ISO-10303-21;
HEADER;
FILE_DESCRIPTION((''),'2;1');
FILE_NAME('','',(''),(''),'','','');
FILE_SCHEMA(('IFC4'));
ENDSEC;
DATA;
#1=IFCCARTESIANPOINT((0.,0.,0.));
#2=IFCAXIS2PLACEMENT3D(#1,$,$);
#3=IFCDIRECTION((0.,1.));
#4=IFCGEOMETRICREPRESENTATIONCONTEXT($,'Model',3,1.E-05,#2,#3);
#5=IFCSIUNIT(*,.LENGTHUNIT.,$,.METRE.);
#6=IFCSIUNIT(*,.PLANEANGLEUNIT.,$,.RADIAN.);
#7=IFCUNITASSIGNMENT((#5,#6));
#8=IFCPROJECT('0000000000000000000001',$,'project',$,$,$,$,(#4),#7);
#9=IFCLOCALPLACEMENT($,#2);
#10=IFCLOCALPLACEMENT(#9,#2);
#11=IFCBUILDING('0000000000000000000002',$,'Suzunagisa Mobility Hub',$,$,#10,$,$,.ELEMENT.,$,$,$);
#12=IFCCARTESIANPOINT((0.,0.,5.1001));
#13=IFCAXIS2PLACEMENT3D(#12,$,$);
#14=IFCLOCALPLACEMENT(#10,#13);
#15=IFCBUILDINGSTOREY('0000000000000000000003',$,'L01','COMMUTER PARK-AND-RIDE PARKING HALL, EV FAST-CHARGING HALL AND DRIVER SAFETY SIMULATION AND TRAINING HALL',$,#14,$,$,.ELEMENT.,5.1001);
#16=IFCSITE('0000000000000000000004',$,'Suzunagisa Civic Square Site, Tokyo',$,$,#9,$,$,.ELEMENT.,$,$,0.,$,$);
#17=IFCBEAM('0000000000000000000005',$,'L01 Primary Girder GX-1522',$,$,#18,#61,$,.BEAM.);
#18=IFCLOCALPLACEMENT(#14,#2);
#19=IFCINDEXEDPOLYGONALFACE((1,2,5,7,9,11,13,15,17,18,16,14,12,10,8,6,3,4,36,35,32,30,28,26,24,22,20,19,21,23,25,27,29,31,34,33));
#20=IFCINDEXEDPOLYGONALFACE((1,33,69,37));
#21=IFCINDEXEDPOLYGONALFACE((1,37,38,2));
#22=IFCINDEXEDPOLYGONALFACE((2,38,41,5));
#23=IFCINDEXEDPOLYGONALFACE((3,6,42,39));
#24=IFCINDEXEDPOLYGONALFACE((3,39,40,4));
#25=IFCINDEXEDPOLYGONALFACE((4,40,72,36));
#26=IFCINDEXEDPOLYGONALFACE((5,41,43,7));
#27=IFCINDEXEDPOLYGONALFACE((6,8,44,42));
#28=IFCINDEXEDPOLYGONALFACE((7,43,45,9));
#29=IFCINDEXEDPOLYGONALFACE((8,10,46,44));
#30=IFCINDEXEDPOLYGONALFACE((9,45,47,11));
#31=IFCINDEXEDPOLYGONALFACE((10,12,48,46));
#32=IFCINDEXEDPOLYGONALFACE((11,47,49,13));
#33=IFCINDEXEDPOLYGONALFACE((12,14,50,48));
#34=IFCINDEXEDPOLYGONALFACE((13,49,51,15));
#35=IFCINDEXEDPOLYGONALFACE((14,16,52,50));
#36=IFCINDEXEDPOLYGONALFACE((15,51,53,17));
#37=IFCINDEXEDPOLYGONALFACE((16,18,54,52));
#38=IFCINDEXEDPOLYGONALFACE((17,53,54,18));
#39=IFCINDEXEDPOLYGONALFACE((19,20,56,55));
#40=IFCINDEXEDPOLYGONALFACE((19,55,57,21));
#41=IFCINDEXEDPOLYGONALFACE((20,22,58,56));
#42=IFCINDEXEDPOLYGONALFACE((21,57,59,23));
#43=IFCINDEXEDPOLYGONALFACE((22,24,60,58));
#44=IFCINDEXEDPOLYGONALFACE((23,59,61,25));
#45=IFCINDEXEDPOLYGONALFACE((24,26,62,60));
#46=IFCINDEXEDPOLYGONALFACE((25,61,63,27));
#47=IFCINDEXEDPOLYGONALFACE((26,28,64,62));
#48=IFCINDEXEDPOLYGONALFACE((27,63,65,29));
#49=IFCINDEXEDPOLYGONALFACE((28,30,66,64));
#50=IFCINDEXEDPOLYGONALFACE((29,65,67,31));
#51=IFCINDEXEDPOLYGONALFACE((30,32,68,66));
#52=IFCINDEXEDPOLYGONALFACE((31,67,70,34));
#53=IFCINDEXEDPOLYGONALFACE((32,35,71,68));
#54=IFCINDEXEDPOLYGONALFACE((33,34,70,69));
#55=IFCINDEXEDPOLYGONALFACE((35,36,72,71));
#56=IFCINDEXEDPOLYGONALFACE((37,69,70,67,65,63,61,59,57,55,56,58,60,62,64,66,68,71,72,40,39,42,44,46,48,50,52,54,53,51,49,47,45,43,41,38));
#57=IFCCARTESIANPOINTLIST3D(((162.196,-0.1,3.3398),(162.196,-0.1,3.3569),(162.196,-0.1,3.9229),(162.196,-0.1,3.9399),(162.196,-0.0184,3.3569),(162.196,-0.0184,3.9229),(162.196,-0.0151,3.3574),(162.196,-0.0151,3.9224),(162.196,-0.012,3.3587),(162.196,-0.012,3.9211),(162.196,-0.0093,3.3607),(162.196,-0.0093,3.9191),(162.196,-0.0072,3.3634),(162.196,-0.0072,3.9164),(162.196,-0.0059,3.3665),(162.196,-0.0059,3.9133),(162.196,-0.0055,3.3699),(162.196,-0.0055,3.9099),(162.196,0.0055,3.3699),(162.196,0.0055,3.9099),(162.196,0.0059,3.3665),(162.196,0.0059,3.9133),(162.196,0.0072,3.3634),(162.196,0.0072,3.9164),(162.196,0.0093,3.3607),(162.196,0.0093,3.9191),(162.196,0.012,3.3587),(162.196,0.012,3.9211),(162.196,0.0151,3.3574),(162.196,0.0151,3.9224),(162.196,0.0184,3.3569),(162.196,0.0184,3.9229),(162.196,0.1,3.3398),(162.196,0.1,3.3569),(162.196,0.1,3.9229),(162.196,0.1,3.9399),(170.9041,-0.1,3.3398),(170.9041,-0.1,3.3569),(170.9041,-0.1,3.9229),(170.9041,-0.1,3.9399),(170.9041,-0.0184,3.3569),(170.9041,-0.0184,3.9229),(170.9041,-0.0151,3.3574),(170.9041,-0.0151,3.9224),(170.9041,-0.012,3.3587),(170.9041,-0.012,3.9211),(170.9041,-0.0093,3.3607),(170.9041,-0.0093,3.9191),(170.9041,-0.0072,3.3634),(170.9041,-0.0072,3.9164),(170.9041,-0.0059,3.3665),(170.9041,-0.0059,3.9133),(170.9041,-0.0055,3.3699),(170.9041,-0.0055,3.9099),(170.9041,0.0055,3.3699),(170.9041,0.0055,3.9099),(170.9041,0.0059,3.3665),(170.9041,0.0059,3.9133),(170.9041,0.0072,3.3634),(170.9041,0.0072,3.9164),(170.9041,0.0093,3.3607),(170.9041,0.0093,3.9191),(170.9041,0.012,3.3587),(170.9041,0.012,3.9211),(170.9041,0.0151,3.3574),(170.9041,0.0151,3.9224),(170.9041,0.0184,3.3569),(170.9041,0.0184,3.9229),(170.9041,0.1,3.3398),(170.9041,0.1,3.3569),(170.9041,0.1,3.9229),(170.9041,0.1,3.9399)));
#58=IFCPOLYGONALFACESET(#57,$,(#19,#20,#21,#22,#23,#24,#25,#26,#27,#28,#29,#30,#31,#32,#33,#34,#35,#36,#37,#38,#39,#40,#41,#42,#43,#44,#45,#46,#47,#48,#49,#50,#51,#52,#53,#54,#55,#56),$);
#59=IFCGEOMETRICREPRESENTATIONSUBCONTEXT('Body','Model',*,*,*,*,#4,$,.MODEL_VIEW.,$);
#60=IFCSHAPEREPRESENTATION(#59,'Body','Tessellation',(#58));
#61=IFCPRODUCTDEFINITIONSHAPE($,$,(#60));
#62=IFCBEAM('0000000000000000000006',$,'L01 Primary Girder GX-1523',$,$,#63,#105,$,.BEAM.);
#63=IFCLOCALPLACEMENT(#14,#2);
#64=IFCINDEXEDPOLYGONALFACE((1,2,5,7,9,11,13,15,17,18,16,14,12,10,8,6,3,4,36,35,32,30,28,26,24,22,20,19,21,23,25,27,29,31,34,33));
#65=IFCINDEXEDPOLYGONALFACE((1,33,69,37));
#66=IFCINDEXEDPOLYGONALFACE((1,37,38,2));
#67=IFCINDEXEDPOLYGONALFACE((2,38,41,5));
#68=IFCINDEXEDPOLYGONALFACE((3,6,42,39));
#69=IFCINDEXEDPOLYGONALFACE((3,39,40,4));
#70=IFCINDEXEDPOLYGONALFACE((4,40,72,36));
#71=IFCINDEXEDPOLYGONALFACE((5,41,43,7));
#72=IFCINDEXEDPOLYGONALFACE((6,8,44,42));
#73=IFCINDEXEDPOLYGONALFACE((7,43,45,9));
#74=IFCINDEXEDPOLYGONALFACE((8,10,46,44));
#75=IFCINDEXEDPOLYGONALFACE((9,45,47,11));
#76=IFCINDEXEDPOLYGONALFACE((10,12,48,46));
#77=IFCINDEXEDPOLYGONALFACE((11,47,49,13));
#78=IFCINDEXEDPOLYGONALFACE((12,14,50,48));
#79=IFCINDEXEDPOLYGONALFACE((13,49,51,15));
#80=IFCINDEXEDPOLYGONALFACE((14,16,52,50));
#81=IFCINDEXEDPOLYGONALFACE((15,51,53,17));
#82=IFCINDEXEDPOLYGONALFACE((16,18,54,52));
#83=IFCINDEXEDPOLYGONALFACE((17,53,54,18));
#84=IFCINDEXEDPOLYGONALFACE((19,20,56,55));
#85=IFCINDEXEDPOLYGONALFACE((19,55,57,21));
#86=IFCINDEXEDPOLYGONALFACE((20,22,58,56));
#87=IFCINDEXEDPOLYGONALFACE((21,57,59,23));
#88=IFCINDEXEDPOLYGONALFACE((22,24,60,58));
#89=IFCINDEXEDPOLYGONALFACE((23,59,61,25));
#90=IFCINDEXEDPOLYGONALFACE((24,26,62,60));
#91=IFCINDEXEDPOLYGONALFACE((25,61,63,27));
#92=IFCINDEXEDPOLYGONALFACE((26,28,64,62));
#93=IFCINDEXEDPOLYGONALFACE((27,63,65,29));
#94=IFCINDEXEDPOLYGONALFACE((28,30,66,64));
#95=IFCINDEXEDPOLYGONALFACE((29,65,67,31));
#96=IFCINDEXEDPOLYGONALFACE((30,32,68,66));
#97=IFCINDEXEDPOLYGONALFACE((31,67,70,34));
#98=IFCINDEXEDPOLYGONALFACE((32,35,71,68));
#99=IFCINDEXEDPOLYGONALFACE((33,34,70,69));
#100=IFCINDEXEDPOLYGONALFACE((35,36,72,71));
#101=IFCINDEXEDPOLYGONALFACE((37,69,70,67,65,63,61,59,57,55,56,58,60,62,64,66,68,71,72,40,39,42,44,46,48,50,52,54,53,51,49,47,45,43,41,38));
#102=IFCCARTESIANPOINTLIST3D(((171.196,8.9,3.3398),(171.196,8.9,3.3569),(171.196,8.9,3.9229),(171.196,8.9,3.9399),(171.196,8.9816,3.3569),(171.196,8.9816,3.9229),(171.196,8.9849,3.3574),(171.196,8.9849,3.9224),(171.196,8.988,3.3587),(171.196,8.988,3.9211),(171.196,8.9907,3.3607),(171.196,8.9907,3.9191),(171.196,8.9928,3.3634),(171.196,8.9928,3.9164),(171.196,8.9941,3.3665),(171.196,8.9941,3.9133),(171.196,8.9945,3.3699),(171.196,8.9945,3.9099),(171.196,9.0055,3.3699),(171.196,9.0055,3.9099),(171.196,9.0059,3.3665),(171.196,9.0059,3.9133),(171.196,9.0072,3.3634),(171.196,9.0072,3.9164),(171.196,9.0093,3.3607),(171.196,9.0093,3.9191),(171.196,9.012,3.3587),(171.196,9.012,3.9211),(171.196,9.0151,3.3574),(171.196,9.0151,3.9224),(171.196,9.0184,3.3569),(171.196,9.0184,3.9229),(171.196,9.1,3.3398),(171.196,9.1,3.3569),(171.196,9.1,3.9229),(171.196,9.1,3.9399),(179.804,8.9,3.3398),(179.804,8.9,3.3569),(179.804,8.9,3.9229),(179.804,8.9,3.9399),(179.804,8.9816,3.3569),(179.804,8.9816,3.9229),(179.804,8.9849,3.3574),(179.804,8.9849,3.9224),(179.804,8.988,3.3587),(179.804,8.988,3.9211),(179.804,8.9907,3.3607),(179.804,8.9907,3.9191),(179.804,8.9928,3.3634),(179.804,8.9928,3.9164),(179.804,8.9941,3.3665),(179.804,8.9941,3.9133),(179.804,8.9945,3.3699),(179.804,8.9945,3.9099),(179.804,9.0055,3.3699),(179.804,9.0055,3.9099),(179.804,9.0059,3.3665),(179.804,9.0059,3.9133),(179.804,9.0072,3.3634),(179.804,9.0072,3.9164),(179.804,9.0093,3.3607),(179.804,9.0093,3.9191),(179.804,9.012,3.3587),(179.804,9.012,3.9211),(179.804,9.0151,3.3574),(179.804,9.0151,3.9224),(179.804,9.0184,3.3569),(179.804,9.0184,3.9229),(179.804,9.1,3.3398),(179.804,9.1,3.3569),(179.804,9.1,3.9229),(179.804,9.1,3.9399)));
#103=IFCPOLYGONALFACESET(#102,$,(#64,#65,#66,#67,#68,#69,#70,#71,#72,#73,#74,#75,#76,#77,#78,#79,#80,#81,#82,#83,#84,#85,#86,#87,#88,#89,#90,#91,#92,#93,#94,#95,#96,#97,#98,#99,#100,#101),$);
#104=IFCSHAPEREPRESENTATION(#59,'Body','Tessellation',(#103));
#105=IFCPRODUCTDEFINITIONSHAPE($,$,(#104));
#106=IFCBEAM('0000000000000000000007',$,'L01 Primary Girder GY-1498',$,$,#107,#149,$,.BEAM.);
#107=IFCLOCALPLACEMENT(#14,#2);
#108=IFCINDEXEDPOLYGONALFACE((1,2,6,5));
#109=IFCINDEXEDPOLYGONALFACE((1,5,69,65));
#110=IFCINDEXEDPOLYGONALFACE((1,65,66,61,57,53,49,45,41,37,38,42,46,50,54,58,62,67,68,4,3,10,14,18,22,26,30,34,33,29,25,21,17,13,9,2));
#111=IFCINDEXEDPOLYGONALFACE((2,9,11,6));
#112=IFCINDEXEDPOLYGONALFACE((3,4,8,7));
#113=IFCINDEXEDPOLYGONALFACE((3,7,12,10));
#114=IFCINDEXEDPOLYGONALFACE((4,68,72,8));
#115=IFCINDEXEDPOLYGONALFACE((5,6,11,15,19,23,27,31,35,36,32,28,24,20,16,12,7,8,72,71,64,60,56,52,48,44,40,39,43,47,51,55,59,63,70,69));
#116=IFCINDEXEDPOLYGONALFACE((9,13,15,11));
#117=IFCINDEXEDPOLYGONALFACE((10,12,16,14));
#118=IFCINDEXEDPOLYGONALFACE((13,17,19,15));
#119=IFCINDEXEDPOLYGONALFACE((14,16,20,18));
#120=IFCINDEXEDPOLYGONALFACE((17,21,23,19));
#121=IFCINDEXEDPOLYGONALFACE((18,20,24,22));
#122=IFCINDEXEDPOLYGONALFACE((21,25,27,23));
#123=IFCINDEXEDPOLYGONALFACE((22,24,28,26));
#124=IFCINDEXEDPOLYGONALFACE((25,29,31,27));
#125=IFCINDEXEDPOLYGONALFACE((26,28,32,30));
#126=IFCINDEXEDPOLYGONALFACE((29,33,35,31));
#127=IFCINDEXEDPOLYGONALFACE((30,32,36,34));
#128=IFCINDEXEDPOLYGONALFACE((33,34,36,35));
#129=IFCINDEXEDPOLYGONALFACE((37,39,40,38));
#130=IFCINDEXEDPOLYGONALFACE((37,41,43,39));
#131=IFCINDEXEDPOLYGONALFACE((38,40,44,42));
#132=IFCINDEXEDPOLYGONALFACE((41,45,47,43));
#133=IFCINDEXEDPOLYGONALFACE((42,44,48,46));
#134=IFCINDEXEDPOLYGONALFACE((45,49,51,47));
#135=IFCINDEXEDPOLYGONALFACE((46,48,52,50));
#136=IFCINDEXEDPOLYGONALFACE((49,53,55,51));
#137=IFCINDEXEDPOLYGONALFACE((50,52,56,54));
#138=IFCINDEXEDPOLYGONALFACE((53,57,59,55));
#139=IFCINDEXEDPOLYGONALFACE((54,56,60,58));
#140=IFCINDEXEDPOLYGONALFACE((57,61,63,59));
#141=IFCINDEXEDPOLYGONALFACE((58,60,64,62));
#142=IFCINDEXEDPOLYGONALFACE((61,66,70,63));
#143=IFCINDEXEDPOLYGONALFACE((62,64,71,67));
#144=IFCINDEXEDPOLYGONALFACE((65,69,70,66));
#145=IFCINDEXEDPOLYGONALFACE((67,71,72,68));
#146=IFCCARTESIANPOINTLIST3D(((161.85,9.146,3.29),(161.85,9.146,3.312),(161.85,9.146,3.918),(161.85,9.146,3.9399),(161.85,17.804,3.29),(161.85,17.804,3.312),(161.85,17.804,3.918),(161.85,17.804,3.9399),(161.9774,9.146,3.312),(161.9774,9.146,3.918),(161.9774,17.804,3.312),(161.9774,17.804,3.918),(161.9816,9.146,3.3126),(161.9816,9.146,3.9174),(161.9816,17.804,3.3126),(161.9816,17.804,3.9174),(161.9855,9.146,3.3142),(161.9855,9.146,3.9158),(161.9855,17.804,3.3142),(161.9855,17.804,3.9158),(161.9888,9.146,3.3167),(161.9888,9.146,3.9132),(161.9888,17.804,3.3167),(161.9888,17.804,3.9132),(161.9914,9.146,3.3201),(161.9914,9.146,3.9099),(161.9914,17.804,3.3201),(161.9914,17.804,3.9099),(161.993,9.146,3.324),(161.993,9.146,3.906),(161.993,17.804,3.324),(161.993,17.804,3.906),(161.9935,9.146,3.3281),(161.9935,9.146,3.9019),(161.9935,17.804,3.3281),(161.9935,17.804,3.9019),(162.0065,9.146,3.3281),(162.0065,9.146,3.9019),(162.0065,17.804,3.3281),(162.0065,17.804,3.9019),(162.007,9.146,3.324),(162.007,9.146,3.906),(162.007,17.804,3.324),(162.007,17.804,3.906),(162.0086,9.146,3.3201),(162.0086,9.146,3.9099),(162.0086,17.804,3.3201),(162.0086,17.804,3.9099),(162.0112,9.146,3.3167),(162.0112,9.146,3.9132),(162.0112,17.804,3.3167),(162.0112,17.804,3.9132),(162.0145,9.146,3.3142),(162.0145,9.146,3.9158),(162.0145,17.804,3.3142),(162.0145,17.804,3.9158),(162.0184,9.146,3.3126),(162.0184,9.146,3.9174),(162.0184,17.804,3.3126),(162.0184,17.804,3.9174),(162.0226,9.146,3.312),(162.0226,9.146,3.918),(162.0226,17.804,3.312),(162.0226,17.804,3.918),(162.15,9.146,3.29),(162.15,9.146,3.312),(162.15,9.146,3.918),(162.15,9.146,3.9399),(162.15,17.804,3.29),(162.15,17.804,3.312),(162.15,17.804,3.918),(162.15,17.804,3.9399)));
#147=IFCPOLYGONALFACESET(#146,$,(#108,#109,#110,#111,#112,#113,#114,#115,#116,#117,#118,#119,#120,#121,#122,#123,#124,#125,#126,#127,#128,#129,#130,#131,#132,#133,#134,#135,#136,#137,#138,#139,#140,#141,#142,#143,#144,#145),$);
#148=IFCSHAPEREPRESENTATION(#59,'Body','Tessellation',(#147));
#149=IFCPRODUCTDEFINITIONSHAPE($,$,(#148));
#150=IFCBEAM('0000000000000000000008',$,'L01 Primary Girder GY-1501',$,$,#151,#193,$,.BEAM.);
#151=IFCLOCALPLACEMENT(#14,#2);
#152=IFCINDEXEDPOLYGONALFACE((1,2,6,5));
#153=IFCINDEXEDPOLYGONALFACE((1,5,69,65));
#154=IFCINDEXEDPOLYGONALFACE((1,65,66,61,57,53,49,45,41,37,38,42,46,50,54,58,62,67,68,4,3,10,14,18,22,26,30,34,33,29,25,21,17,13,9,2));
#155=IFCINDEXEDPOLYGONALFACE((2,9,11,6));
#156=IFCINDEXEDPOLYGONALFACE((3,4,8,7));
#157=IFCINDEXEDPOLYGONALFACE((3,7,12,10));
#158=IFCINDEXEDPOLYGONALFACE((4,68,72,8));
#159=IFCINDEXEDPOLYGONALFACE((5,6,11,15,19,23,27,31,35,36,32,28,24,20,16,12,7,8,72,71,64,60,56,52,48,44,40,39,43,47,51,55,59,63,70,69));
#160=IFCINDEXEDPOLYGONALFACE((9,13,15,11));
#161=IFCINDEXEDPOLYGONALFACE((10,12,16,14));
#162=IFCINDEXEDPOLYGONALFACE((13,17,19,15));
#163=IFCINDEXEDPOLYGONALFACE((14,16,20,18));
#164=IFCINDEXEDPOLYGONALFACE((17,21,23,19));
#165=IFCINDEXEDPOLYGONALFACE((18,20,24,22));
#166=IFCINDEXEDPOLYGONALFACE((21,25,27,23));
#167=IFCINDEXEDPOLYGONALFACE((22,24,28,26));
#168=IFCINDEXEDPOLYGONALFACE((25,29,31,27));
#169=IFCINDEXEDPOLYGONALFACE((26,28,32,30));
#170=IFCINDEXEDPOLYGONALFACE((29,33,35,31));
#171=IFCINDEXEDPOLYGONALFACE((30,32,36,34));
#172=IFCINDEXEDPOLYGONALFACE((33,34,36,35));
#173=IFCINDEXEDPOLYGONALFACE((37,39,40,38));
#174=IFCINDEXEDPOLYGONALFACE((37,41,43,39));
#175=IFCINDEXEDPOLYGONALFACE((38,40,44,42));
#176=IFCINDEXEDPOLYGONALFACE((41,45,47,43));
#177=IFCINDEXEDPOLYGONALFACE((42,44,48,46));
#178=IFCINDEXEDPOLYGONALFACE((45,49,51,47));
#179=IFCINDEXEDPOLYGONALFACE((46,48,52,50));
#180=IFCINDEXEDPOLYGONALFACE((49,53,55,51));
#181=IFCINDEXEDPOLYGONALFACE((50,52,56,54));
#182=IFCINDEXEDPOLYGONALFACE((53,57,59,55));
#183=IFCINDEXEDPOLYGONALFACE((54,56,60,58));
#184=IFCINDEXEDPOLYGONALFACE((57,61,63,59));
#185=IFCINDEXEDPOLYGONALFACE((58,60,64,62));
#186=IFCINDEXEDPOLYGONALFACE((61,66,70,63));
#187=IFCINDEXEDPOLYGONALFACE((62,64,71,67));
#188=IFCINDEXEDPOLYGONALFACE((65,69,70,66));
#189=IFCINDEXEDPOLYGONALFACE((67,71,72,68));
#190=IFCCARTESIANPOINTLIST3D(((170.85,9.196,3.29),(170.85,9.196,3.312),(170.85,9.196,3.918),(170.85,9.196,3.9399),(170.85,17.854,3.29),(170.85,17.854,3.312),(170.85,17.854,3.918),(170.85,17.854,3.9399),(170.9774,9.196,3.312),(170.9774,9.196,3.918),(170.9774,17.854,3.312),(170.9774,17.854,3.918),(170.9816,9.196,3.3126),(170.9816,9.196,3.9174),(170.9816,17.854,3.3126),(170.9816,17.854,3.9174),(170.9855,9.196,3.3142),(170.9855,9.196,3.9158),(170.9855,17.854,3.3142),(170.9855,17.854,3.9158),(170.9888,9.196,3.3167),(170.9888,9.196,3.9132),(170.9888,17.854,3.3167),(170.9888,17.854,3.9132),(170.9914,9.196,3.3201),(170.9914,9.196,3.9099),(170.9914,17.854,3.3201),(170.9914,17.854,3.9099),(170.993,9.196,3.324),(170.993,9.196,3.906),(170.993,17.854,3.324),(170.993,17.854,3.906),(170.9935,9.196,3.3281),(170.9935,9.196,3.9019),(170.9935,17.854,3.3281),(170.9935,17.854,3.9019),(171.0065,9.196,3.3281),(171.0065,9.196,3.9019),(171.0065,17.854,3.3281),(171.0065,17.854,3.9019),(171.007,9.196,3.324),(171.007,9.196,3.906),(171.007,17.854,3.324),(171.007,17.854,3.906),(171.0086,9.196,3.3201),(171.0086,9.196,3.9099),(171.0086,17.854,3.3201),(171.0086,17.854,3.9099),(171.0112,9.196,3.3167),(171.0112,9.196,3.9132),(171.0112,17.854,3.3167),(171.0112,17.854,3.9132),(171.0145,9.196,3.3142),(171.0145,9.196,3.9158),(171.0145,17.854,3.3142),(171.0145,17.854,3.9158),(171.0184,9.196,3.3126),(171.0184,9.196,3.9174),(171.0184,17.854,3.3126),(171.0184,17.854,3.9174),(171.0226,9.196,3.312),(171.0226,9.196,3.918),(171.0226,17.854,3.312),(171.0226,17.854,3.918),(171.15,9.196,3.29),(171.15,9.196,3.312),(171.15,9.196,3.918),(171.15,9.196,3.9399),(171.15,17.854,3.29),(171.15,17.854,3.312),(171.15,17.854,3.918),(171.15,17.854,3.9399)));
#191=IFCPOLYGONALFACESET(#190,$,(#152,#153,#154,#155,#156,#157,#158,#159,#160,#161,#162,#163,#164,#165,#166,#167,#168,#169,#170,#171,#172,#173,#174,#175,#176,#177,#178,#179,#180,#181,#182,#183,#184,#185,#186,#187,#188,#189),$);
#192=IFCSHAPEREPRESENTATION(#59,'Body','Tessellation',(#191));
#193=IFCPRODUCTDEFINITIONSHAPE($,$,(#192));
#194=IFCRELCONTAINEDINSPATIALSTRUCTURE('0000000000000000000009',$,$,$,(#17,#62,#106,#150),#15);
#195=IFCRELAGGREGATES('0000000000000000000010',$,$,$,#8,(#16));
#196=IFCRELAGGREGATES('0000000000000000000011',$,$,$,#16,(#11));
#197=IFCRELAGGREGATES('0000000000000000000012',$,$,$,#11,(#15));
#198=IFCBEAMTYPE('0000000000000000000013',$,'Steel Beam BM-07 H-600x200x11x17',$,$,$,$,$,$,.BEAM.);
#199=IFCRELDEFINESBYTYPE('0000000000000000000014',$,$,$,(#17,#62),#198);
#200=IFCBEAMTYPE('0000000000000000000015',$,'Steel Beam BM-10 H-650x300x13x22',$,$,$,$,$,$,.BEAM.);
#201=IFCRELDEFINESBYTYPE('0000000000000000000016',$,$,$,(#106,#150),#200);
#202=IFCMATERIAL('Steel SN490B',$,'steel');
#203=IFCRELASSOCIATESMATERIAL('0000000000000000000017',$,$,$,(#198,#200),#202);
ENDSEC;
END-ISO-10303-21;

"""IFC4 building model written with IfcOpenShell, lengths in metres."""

from ifc_helpers import new_model, si_unit, direction, frame, origin, origin_2d, place, context, subcontext, project, spatial, i_section, extrude, material, material_profile, profile_set, type_object, element, save


model = new_model("IFC4")

# Units and contexts
model_context = context("Model", 3, precision=1e-05, world=origin(), true_north=direction((0.0, 1.0)))
body_context = subcontext(model_context, "Body", "Model", "MODEL_VIEW")
ifc_project = project(units=[si_unit("LENGTHUNIT", "METRE"), si_unit("PLANEANGLEUNIT", "RADIAN")], contexts=[model_context])

# Site, building, storey
site_placement = place(None, origin())
site = spatial("IfcSite", under=ifc_project, at=site_placement, Name="Suzunagisa Civic Square Site, Tokyo", CompositionType="ELEMENT", RefElevation=0.0)
building_placement = place(site_placement, origin())
building = spatial("IfcBuilding", under=site, at=building_placement, Name="Suzunagisa Mobility Hub", CompositionType="ELEMENT")
storey_placement = place(building_placement, frame((0.0, 0.0, 5.1001)))
storey = spatial("IfcBuildingStorey", under=building, at=storey_placement, Name="L01", Description="COMMUTER PARK-AND-RIDE PARKING HALL, EV FAST-CHARGING HALL AND DRIVER SAFETY SIMULATION AND TRAINING HALL", CompositionType="ELEMENT", Elevation=5.1001)

# Shared definitions
ifc_material_1 = material(Name="Steel SN490B", Category="steel")

# Beams
ifc_material_profile_1 = material_profile(ifc_material_1, i_section(OverallWidth=0.2, OverallDepth=0.6001, WebThickness=0.011, FlangeThickness=0.0171, FilletRadius=0.0129, at=origin_2d()), Name="H-600x200x11x17")
ifc_profile_set_1 = profile_set([ifc_material_profile_1], Name="Steel SN490B")
beam_type_1 = type_object("IfcBeamType", Name="Steel Beam BM-07 H-600x200x11x17", PredefinedType="BEAM", material=ifc_profile_set_1)
beam_1_placement = place(storey_placement, frame((162.196, 0.0, 3.6399), z_axis=(1.0, 0.0, 0.0), x_axis=(0.0, 1.0, 0.0)))
element("IfcBeam", 1, at=beam_1_placement, inside=storey, type_object=beam_type_1, Name="L01 Primary Girder GX-1522", PredefinedType="BEAM", context=body_context, shape_type="SweptSolid", body=[
    extrude(i_section(OverallWidth=0.2, OverallDepth=0.6001, WebThickness=0.011, FlangeThickness=0.0171, FilletRadius=0.0129, at=origin_2d()), origin(), (0.0, 0.0, 1.0), 8.708),
])
beam_2_placement = place(storey_placement, frame((171.196, 9.0, 3.6399), z_axis=(1.0, 0.0, 0.0), x_axis=(0.0, 1.0, 0.0)))
element("IfcBeam", 2, at=beam_2_placement, inside=storey, type_object=beam_type_1, Name="L01 Primary Girder GX-1523", PredefinedType="BEAM", context=body_context, shape_type="SweptSolid", body=[
    extrude(i_section(OverallWidth=0.2, OverallDepth=0.6001, WebThickness=0.011, FlangeThickness=0.0171, FilletRadius=0.0129, at=origin_2d()), origin(), (0.0, 0.0, 1.0), 8.6079),
])
ifc_material_profile_2 = material_profile(ifc_material_1, i_section(OverallWidth=0.3, OverallDepth=0.6499, WebThickness=0.0129, FlangeThickness=0.022, FilletRadius=0.0161, at=origin_2d()), Name="H-650x300x13x22")
ifc_profile_set_2 = profile_set([ifc_material_profile_2], Name="Steel SN490B")
beam_type_2 = type_object("IfcBeamType", Name="Steel Beam BM-10 H-650x300x13x22", PredefinedType="BEAM", material=ifc_profile_set_2)
for number, where, z_axis, x_axis, name in (
    (3, (162.0, 9.146, 3.615), (0.0, 1.0, 0.0), (-1.0, 0.0, 0.0), "L01 Primary Girder GY-1498"),
    (4, (171.0, 9.196, 3.615), (0.0, 1.0, 0.0), (-1.0, 0.0, 0.0), "L01 Primary Girder GY-1501"),
):
    element("IfcBeam", number, at=place(storey_placement, frame(where, z_axis=z_axis, x_axis=x_axis)), inside=storey, type_object=beam_type_2, Name=name, PredefinedType="BEAM", context=body_context, shape_type="SweptSolid", body=[
        extrude(i_section(OverallWidth=0.3, OverallDepth=0.6499, WebThickness=0.0129, FlangeThickness=0.022, FilletRadius=0.0161, at=origin_2d()), origin(), (0.0, 0.0, 1.0), 8.658),
    ])

save(model, "model.ifc")
